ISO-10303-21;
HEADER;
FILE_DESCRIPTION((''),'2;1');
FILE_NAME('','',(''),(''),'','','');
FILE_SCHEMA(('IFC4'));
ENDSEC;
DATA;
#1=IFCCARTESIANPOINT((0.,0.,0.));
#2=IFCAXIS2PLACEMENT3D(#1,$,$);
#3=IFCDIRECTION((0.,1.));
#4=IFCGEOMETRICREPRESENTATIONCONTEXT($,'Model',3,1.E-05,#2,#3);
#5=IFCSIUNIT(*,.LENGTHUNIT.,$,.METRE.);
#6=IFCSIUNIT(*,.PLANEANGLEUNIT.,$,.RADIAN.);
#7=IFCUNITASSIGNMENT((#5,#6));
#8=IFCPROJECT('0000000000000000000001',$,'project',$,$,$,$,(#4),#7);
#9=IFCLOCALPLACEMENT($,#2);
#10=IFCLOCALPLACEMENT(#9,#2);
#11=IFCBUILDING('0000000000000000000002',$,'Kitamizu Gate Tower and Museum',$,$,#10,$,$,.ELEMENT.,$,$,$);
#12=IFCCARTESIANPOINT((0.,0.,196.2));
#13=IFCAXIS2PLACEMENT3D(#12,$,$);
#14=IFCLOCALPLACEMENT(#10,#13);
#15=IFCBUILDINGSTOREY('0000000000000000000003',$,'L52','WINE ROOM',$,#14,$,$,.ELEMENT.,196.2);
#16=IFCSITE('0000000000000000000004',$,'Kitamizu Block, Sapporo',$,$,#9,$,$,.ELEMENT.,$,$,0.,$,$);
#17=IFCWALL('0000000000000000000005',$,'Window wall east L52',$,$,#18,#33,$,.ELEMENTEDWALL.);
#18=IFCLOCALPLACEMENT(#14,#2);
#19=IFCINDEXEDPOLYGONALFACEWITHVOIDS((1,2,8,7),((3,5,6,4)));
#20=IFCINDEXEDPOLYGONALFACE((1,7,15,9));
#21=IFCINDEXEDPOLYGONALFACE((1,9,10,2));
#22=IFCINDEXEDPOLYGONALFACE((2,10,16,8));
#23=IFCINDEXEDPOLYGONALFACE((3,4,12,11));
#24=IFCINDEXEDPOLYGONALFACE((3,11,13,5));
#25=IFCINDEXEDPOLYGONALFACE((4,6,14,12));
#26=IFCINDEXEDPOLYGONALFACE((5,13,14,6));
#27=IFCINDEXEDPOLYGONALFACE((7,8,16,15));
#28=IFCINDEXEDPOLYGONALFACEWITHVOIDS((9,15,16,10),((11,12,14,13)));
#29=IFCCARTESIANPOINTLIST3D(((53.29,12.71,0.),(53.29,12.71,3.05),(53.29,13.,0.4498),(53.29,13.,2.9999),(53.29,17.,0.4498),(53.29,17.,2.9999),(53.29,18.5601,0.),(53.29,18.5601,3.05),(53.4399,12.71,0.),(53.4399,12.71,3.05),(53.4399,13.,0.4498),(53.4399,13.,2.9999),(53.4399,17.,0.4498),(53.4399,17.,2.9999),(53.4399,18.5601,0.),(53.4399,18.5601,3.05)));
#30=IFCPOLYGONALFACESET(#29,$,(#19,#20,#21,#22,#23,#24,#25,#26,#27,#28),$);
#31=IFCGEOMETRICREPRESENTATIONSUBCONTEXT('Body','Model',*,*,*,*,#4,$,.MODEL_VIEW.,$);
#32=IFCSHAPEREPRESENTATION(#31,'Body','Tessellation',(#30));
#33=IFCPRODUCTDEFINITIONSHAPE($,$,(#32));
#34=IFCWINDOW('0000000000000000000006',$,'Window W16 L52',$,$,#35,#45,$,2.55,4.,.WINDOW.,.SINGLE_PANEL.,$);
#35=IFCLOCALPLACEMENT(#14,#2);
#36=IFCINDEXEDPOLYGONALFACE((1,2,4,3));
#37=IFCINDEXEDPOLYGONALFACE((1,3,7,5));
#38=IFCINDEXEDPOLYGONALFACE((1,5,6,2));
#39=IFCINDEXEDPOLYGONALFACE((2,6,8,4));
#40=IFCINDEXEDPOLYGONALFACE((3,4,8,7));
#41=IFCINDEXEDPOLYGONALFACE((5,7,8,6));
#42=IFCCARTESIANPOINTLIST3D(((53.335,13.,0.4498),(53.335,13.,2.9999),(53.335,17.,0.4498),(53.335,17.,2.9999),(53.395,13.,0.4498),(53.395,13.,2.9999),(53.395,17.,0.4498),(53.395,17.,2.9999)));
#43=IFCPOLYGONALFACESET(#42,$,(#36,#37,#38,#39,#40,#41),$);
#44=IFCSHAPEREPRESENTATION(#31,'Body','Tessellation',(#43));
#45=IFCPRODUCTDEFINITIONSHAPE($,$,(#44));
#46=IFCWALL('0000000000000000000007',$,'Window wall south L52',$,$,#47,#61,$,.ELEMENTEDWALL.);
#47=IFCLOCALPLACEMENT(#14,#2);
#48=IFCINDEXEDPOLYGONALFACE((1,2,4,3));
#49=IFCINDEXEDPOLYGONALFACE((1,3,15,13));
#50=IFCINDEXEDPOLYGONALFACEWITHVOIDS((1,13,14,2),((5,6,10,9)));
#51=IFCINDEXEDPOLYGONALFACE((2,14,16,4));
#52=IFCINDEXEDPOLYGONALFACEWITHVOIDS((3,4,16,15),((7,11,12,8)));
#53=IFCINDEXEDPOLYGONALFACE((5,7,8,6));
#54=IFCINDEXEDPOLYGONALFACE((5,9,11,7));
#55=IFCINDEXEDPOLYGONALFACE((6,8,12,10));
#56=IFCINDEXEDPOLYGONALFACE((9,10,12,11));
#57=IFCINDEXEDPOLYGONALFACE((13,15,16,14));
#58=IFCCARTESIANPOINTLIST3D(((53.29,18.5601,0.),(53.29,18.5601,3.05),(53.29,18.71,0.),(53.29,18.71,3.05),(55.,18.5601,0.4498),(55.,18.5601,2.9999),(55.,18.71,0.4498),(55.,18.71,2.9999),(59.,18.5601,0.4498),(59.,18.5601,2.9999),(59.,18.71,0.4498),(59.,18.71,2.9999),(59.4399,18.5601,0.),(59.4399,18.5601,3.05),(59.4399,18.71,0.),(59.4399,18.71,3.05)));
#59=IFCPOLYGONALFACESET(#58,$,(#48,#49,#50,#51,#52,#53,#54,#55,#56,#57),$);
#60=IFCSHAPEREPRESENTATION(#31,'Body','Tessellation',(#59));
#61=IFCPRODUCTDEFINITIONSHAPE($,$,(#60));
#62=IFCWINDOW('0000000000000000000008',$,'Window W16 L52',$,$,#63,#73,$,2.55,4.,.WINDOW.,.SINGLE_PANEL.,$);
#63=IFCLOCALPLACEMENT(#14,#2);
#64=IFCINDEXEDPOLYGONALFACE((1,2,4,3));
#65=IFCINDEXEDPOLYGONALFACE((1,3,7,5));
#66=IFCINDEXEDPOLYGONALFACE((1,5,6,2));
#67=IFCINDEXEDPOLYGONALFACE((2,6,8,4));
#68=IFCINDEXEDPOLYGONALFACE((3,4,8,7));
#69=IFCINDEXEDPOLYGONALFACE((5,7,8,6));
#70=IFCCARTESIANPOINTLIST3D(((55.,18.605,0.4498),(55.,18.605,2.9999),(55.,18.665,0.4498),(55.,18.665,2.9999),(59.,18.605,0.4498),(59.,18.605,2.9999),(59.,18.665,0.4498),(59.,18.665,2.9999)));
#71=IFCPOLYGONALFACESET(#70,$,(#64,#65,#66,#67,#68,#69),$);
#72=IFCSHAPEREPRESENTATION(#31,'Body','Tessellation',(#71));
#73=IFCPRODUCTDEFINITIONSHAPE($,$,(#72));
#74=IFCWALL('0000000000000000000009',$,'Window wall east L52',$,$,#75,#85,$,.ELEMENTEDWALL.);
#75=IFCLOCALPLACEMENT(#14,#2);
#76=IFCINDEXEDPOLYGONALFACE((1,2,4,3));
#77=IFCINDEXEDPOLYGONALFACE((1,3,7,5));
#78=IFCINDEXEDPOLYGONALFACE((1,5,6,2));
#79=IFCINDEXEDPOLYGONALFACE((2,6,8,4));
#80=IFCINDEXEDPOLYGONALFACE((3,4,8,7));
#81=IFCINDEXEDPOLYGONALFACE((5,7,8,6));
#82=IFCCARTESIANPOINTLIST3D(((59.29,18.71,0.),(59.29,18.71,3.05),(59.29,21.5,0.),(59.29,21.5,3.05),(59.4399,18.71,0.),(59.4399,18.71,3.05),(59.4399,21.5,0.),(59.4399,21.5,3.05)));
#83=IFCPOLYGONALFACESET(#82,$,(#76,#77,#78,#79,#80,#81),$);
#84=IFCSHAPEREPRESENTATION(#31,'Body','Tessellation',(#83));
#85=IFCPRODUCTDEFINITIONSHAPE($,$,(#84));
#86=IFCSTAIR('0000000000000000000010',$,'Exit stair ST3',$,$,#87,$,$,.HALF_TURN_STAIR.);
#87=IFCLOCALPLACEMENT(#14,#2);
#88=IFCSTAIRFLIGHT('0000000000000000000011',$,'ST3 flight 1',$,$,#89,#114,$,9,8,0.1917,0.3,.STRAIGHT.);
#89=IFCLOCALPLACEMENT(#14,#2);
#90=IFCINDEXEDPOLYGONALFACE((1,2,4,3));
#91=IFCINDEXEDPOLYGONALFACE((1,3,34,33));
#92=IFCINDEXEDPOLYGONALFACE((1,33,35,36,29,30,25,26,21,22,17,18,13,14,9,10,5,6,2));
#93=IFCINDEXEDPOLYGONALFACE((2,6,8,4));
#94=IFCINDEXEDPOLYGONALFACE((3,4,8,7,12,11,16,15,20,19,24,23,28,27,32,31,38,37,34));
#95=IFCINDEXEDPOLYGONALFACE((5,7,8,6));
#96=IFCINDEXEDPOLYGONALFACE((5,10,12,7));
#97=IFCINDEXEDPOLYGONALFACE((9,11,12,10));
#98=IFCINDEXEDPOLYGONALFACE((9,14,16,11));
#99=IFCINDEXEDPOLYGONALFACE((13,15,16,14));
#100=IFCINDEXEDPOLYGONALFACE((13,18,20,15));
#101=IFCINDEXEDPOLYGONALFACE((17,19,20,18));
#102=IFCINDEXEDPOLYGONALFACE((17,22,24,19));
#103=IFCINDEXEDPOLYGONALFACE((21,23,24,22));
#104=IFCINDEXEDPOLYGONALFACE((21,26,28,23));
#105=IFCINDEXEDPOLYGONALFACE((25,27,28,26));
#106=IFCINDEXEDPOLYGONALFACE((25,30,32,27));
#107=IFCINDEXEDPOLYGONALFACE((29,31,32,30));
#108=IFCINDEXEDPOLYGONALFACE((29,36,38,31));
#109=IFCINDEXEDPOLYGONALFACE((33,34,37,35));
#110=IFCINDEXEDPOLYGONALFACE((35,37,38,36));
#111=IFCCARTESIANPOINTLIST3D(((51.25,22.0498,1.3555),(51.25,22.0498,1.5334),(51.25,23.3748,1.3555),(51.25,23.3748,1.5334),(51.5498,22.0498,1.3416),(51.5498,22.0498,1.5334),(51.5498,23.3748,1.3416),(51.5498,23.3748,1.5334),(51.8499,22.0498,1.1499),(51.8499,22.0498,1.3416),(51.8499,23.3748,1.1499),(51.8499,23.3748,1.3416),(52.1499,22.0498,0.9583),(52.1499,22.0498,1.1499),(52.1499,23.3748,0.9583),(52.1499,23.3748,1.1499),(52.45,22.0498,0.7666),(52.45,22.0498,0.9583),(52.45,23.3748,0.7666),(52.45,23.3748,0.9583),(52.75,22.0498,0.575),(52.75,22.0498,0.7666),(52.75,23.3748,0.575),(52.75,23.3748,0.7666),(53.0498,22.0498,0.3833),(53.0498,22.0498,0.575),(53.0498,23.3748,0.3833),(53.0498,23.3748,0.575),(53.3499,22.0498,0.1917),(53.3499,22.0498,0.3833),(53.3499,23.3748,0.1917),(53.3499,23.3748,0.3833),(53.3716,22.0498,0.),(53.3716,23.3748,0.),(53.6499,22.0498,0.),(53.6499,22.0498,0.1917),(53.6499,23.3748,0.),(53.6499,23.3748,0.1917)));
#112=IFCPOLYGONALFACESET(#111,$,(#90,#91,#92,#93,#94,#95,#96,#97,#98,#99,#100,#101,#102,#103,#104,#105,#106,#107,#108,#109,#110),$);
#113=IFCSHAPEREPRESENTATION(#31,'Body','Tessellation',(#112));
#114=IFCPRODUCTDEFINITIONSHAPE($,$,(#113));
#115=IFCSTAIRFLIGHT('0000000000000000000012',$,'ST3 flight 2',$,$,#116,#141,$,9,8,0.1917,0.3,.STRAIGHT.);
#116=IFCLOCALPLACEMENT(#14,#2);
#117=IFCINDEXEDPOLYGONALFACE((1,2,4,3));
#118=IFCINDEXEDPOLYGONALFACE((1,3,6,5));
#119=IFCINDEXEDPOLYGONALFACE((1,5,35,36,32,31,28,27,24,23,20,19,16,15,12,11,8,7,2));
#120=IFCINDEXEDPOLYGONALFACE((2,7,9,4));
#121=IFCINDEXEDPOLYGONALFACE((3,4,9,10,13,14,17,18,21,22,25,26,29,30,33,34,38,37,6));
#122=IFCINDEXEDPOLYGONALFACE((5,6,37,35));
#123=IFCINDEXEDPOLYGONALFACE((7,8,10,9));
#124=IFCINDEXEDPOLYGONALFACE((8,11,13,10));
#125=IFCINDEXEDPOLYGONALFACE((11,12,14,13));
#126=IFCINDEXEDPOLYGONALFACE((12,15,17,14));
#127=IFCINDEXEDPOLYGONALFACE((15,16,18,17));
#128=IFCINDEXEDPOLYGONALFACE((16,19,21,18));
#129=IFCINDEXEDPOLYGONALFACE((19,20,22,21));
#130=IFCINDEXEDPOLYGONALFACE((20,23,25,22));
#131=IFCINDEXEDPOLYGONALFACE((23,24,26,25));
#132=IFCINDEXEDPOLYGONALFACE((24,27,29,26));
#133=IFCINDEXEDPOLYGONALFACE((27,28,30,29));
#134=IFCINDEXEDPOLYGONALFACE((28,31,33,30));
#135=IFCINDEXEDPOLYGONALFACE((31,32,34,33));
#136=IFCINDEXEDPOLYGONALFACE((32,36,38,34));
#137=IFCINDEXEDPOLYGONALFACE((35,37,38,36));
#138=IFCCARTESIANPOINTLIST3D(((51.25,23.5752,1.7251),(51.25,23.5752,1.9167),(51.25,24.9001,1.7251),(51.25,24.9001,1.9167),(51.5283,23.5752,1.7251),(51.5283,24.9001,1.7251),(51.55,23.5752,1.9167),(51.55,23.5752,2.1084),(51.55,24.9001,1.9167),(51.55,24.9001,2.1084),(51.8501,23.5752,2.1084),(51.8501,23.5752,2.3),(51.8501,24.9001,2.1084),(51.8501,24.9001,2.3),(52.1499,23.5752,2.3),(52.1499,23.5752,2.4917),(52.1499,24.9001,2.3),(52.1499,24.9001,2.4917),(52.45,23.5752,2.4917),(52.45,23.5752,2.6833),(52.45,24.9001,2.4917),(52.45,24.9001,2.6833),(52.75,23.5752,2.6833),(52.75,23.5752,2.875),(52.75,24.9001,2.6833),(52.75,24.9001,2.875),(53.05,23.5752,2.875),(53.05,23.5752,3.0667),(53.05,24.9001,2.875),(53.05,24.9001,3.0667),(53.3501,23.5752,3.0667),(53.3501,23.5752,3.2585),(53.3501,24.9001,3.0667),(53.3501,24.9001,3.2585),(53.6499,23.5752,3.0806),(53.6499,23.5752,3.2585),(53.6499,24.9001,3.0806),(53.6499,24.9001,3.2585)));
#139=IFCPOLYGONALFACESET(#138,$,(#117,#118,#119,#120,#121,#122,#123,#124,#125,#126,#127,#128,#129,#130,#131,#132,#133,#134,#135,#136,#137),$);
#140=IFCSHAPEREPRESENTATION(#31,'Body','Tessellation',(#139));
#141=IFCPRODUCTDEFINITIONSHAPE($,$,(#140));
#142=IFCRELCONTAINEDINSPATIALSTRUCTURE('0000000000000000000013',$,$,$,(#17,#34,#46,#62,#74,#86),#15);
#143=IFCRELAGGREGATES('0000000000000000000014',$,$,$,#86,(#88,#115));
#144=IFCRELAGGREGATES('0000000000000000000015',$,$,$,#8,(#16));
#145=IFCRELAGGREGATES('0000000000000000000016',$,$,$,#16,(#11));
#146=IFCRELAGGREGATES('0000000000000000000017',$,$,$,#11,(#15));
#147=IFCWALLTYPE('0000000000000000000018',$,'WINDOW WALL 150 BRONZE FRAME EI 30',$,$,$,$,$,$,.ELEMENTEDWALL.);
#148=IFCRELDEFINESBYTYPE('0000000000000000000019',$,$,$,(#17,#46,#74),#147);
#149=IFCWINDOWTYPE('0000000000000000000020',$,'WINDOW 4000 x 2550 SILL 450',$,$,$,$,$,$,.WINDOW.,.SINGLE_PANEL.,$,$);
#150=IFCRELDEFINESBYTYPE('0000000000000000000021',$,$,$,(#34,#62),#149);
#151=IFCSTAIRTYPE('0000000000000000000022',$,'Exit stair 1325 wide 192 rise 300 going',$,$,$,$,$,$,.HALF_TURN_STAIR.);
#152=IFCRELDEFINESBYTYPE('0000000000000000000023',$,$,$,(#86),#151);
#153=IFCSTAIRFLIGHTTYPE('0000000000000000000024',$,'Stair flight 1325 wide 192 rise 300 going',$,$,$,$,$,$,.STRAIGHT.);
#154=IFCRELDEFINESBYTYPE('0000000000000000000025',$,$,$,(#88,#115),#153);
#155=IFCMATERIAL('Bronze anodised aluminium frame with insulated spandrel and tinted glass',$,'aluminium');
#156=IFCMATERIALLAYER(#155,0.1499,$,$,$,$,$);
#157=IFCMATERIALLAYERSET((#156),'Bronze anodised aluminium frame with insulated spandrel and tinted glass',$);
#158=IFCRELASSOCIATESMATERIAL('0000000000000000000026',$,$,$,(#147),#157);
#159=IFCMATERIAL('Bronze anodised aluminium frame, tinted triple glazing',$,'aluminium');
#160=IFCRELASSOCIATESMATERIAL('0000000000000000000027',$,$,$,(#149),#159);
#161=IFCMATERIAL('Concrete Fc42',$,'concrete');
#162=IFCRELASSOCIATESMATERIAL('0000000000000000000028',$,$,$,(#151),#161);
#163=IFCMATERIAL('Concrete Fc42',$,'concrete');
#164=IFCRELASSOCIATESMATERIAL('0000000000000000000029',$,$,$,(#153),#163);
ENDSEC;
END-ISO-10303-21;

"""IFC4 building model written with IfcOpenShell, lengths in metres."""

from ifc_helpers import new_model, si_unit, direction, frame, frame_2d, origin, place, context, subcontext, project, spatial, polyline, rectangle, outline, extrude, material, layer, layer_set, type_object, element, fill, aggregate, save


model = new_model("IFC4")

# Units and contexts
model_context = context("Model", 3, precision=1e-05, world=origin(), true_north=direction((0.0, 1.0)))
body_context = subcontext(model_context, "Body", "Model", "MODEL_VIEW")
ifc_project = project(units=[si_unit("LENGTHUNIT", "METRE"), si_unit("PLANEANGLEUNIT", "RADIAN")], contexts=[model_context])

# Site, building, storey
site_placement = place(None, origin())
site = spatial("IfcSite", under=ifc_project, at=site_placement, Name="Kitamizu Block, Sapporo", CompositionType="ELEMENT", RefElevation=0.0)
building_placement = place(site_placement, origin())
building = spatial("IfcBuilding", under=site, at=building_placement, Name="Kitamizu Gate Tower and Museum", CompositionType="ELEMENT")
storey_placement = place(building_placement, frame((0.0, 0.0, 196.2)))
storey = spatial("IfcBuildingStorey", under=building, at=storey_placement, Name="L52", Description="WINE ROOM", CompositionType="ELEMENT", Elevation=196.2)

# Walls, openings, windows
ifc_material_1 = material(Name="Bronze anodised aluminium frame with insulated spandrel and tinted glass", Category="aluminium")
ifc_layer_1 = layer(ifc_material_1, 0.1499)
ifc_layer_set_1 = layer_set([ifc_layer_1], Name="Bronze anodised aluminium frame with insulated spandrel and tinted glass")
wall_type_1 = type_object("IfcWallType", Name="WINDOW WALL 150 BRONZE FRAME EI 30", PredefinedType="ELEMENTEDWALL", material=ifc_layer_set_1)
wall_1_placement = place(storey_placement, frame((53.365, 12.71, 0.0), z_axis=(0.0, 0.0, 1.0), x_axis=(0.0, 1.0, 0.0)))
wall_1 = element("IfcWall", 1, at=wall_1_placement, inside=storey, type_object=wall_type_1, Name="Window wall east L52", PredefinedType="ELEMENTEDWALL", context=body_context, shape_type="SweptSolid", body=[
    extrude(rectangle(XDim=5.8501, YDim=0.1499, at=frame_2d((2.925, 0.0))), origin(), (0.0, 0.0, 1.0), 3.05),
])
opening_1_placement = place(wall_1_placement, frame((0.29, 0.0, 0.45)))
opening_1 = element("IfcOpeningElement", 2, at=opening_1_placement, cuts=wall_1, PredefinedType="OPENING", context=body_context, shape_type="SweptSolid", body=[
    extrude(rectangle(XDim=4.0, YDim=2.55, at=frame_2d((2.0, 1.2749))), frame((0.0, 0.085, 0.0), z_axis=(0.0, -1.0, 0.0), x_axis=(1.0, 0.0, 0.0)), (0.0, 0.0, 1.0), 0.1699),
])
ifc_material_2 = material(Name="Bronze anodised aluminium frame, tinted triple glazing", Category="aluminium")
window_type = type_object("IfcWindowType", Name="WINDOW 4000 x 2550 SILL 450", PartitioningType="SINGLE_PANEL", PredefinedType="WINDOW", material=ifc_material_2)
window_1_placement = place(opening_1_placement, origin())
window_1 = element("IfcWindow", 3, at=window_1_placement, inside=storey, type_object=window_type, Name="Window W16 L52", OverallHeight=2.55, OverallWidth=4.0, PartitioningType="SINGLE_PANEL", PredefinedType="WINDOW", context=body_context, shape_type="SweptSolid", body=[
    extrude(rectangle(XDim=4.0, YDim=2.55, at=frame_2d((2.0, 1.2749))), frame((0.0, 0.03, 0.0), z_axis=(0.0, -1.0, 0.0), x_axis=(1.0, 0.0, 0.0)), (0.0, 0.0, 1.0), 0.0601),
])
fill(opening_1, window_1)
wall_2_placement = place(storey_placement, frame((53.29, 18.635, 0.0), z_axis=(0.0, 0.0, 1.0), x_axis=(1.0, 0.0, 0.0)))
wall_2 = element("IfcWall", 4, at=wall_2_placement, inside=storey, type_object=wall_type_1, Name="Window wall south L52", PredefinedType="ELEMENTEDWALL", context=body_context, shape_type="SweptSolid", body=[
    extrude(rectangle(XDim=6.1499, YDim=0.1499, at=frame_2d((3.075, 0.0))), origin(), (0.0, 0.0, 1.0), 3.05),
])
opening_2_placement = place(wall_2_placement, frame((1.71, 0.0, 0.45)))
opening_2 = element("IfcOpeningElement", 5, at=opening_2_placement, cuts=wall_2, PredefinedType="OPENING", context=body_context, shape_type="SweptSolid", body=[
    extrude(rectangle(XDim=4.0, YDim=2.55, at=frame_2d((2.0, 1.2749))), frame((0.0, 0.085, 0.0), z_axis=(0.0, -1.0, 0.0), x_axis=(1.0, 0.0, 0.0)), (0.0, 0.0, 1.0), 0.1699),
])
window_2_placement = place(opening_2_placement, origin())
window_2 = element("IfcWindow", 6, at=window_2_placement, inside=storey, type_object=window_type, Name="Window W16 L52", OverallHeight=2.55, OverallWidth=4.0, PartitioningType="SINGLE_PANEL", PredefinedType="WINDOW", context=body_context, shape_type="SweptSolid", body=[
    extrude(rectangle(XDim=4.0, YDim=2.55, at=frame_2d((2.0, 1.2749))), frame((0.0, 0.03, 0.0), z_axis=(0.0, -1.0, 0.0), x_axis=(1.0, 0.0, 0.0)), (0.0, 0.0, 1.0), 0.0601),
])
fill(opening_2, window_2)

# Wall
wall_3_placement = place(storey_placement, frame((59.365, 18.71, 0.0), z_axis=(0.0, 0.0, 1.0), x_axis=(0.0, 1.0, 0.0)))
element("IfcWall", 7, at=wall_3_placement, inside=storey, type_object=wall_type_1, Name="Window wall east L52", PredefinedType="ELEMENTEDWALL", context=body_context, shape_type="SweptSolid", body=[
    extrude(rectangle(XDim=2.79, YDim=0.1499, at=frame_2d((1.395, 0.0))), origin(), (0.0, 0.0, 1.0), 3.05),
])

# Stair, stair flights
ifc_material_3 = material(Name="Concrete Fc42", Category="concrete")
stair_type = type_object("IfcStairType", Name="Exit stair 1325 wide 192 rise 300 going", PredefinedType="HALF_TURN_STAIR", material=ifc_material_3)
stair_placement = place(storey_placement, origin())
stair = element("IfcStair", 8, at=stair_placement, inside=storey, type_object=stair_type, Name="Exit stair ST3", PredefinedType="HALF_TURN_STAIR")
ifc_material_4 = material(Name="Concrete Fc42", Category="concrete")
stair_flight_type = type_object("IfcStairFlightType", Name="Stair flight 1325 wide 192 rise 300 going", PredefinedType="STRAIGHT", material=ifc_material_4)
stair_flight_1_placement = place(storey_placement, frame((53.6499, 22.7124, 0.0), z_axis=(0.0, 0.0, 1.0), x_axis=(-1.0, 0.0, 0.0)))
stair_flight_1 = element("IfcStairFlight", 9, at=stair_flight_1_placement, type_object=stair_flight_type, Name="ST3 flight 1", NumberOfRisers=9, NumberOfTreads=8, PredefinedType="STRAIGHT", RiserHeight=0.1917, TreadLength=0.3, context=body_context, shape_type="SweptSolid", body=[
    extrude(outline(polyline([(0.0, 0.0), (0.0, 0.1917), (0.3, 0.1917), (0.3, 0.3833), (0.6001, 0.3833), (0.6001, 0.575), (0.8999, 0.575), (0.8999, 0.7666), (1.2, 0.7666), (1.2, 0.9583), (1.5, 0.9583), (1.5, 1.1499), (1.8, 1.1499), (1.8, 1.3416), (2.1001, 1.3416), (2.1001, 1.5334), (2.3999, 1.5334), (2.3999, 1.7251), (2.3999, 1.3555), (0.2783, 0.0), (0.0, 0.0)])), frame((0.0, 0.6626, 0.0), z_axis=(0.0, -1.0, 0.0), x_axis=(1.0, 0.0, 0.0)), (0.0, 0.0, 1.0), 1.325),
])
stair_flight_2_placement = place(storey_placement, frame((51.25, 24.2375, 1.7251), z_axis=(0.0, 0.0, 1.0), x_axis=(1.0, 0.0, 0.0)))
stair_flight_2 = element("IfcStairFlight", 10, at=stair_flight_2_placement, type_object=stair_flight_type, Name="ST3 flight 2", NumberOfRisers=9, NumberOfTreads=8, PredefinedType="STRAIGHT", RiserHeight=0.1917, TreadLength=0.3, context=body_context, shape_type="SweptSolid", body=[
    extrude(outline(polyline([(0.0, 0.0), (0.0, 0.1917), (0.3, 0.1917), (0.3, 0.3833), (0.6001, 0.3833), (0.6001, 0.575), (0.8999, 0.575), (0.8999, 0.7666), (1.2, 0.7666), (1.2, 0.9583), (1.5, 0.9583), (1.5, 1.1499), (1.8, 1.1499), (1.8, 1.3416), (2.1001, 1.3416), (2.1001, 1.5334), (2.3999, 1.5334), (2.3999, 1.7251), (2.3999, 1.3555), (0.2783, 0.0), (0.0, 0.0)])), frame((0.0, 0.6626, 0.0), z_axis=(0.0, -1.0, 0.0), x_axis=(1.0, 0.0, 0.0)), (0.0, 0.0, 1.0), 1.325),
])
aggregate(stair, [stair_flight_1, stair_flight_2])

save(model, "model.ifc")
